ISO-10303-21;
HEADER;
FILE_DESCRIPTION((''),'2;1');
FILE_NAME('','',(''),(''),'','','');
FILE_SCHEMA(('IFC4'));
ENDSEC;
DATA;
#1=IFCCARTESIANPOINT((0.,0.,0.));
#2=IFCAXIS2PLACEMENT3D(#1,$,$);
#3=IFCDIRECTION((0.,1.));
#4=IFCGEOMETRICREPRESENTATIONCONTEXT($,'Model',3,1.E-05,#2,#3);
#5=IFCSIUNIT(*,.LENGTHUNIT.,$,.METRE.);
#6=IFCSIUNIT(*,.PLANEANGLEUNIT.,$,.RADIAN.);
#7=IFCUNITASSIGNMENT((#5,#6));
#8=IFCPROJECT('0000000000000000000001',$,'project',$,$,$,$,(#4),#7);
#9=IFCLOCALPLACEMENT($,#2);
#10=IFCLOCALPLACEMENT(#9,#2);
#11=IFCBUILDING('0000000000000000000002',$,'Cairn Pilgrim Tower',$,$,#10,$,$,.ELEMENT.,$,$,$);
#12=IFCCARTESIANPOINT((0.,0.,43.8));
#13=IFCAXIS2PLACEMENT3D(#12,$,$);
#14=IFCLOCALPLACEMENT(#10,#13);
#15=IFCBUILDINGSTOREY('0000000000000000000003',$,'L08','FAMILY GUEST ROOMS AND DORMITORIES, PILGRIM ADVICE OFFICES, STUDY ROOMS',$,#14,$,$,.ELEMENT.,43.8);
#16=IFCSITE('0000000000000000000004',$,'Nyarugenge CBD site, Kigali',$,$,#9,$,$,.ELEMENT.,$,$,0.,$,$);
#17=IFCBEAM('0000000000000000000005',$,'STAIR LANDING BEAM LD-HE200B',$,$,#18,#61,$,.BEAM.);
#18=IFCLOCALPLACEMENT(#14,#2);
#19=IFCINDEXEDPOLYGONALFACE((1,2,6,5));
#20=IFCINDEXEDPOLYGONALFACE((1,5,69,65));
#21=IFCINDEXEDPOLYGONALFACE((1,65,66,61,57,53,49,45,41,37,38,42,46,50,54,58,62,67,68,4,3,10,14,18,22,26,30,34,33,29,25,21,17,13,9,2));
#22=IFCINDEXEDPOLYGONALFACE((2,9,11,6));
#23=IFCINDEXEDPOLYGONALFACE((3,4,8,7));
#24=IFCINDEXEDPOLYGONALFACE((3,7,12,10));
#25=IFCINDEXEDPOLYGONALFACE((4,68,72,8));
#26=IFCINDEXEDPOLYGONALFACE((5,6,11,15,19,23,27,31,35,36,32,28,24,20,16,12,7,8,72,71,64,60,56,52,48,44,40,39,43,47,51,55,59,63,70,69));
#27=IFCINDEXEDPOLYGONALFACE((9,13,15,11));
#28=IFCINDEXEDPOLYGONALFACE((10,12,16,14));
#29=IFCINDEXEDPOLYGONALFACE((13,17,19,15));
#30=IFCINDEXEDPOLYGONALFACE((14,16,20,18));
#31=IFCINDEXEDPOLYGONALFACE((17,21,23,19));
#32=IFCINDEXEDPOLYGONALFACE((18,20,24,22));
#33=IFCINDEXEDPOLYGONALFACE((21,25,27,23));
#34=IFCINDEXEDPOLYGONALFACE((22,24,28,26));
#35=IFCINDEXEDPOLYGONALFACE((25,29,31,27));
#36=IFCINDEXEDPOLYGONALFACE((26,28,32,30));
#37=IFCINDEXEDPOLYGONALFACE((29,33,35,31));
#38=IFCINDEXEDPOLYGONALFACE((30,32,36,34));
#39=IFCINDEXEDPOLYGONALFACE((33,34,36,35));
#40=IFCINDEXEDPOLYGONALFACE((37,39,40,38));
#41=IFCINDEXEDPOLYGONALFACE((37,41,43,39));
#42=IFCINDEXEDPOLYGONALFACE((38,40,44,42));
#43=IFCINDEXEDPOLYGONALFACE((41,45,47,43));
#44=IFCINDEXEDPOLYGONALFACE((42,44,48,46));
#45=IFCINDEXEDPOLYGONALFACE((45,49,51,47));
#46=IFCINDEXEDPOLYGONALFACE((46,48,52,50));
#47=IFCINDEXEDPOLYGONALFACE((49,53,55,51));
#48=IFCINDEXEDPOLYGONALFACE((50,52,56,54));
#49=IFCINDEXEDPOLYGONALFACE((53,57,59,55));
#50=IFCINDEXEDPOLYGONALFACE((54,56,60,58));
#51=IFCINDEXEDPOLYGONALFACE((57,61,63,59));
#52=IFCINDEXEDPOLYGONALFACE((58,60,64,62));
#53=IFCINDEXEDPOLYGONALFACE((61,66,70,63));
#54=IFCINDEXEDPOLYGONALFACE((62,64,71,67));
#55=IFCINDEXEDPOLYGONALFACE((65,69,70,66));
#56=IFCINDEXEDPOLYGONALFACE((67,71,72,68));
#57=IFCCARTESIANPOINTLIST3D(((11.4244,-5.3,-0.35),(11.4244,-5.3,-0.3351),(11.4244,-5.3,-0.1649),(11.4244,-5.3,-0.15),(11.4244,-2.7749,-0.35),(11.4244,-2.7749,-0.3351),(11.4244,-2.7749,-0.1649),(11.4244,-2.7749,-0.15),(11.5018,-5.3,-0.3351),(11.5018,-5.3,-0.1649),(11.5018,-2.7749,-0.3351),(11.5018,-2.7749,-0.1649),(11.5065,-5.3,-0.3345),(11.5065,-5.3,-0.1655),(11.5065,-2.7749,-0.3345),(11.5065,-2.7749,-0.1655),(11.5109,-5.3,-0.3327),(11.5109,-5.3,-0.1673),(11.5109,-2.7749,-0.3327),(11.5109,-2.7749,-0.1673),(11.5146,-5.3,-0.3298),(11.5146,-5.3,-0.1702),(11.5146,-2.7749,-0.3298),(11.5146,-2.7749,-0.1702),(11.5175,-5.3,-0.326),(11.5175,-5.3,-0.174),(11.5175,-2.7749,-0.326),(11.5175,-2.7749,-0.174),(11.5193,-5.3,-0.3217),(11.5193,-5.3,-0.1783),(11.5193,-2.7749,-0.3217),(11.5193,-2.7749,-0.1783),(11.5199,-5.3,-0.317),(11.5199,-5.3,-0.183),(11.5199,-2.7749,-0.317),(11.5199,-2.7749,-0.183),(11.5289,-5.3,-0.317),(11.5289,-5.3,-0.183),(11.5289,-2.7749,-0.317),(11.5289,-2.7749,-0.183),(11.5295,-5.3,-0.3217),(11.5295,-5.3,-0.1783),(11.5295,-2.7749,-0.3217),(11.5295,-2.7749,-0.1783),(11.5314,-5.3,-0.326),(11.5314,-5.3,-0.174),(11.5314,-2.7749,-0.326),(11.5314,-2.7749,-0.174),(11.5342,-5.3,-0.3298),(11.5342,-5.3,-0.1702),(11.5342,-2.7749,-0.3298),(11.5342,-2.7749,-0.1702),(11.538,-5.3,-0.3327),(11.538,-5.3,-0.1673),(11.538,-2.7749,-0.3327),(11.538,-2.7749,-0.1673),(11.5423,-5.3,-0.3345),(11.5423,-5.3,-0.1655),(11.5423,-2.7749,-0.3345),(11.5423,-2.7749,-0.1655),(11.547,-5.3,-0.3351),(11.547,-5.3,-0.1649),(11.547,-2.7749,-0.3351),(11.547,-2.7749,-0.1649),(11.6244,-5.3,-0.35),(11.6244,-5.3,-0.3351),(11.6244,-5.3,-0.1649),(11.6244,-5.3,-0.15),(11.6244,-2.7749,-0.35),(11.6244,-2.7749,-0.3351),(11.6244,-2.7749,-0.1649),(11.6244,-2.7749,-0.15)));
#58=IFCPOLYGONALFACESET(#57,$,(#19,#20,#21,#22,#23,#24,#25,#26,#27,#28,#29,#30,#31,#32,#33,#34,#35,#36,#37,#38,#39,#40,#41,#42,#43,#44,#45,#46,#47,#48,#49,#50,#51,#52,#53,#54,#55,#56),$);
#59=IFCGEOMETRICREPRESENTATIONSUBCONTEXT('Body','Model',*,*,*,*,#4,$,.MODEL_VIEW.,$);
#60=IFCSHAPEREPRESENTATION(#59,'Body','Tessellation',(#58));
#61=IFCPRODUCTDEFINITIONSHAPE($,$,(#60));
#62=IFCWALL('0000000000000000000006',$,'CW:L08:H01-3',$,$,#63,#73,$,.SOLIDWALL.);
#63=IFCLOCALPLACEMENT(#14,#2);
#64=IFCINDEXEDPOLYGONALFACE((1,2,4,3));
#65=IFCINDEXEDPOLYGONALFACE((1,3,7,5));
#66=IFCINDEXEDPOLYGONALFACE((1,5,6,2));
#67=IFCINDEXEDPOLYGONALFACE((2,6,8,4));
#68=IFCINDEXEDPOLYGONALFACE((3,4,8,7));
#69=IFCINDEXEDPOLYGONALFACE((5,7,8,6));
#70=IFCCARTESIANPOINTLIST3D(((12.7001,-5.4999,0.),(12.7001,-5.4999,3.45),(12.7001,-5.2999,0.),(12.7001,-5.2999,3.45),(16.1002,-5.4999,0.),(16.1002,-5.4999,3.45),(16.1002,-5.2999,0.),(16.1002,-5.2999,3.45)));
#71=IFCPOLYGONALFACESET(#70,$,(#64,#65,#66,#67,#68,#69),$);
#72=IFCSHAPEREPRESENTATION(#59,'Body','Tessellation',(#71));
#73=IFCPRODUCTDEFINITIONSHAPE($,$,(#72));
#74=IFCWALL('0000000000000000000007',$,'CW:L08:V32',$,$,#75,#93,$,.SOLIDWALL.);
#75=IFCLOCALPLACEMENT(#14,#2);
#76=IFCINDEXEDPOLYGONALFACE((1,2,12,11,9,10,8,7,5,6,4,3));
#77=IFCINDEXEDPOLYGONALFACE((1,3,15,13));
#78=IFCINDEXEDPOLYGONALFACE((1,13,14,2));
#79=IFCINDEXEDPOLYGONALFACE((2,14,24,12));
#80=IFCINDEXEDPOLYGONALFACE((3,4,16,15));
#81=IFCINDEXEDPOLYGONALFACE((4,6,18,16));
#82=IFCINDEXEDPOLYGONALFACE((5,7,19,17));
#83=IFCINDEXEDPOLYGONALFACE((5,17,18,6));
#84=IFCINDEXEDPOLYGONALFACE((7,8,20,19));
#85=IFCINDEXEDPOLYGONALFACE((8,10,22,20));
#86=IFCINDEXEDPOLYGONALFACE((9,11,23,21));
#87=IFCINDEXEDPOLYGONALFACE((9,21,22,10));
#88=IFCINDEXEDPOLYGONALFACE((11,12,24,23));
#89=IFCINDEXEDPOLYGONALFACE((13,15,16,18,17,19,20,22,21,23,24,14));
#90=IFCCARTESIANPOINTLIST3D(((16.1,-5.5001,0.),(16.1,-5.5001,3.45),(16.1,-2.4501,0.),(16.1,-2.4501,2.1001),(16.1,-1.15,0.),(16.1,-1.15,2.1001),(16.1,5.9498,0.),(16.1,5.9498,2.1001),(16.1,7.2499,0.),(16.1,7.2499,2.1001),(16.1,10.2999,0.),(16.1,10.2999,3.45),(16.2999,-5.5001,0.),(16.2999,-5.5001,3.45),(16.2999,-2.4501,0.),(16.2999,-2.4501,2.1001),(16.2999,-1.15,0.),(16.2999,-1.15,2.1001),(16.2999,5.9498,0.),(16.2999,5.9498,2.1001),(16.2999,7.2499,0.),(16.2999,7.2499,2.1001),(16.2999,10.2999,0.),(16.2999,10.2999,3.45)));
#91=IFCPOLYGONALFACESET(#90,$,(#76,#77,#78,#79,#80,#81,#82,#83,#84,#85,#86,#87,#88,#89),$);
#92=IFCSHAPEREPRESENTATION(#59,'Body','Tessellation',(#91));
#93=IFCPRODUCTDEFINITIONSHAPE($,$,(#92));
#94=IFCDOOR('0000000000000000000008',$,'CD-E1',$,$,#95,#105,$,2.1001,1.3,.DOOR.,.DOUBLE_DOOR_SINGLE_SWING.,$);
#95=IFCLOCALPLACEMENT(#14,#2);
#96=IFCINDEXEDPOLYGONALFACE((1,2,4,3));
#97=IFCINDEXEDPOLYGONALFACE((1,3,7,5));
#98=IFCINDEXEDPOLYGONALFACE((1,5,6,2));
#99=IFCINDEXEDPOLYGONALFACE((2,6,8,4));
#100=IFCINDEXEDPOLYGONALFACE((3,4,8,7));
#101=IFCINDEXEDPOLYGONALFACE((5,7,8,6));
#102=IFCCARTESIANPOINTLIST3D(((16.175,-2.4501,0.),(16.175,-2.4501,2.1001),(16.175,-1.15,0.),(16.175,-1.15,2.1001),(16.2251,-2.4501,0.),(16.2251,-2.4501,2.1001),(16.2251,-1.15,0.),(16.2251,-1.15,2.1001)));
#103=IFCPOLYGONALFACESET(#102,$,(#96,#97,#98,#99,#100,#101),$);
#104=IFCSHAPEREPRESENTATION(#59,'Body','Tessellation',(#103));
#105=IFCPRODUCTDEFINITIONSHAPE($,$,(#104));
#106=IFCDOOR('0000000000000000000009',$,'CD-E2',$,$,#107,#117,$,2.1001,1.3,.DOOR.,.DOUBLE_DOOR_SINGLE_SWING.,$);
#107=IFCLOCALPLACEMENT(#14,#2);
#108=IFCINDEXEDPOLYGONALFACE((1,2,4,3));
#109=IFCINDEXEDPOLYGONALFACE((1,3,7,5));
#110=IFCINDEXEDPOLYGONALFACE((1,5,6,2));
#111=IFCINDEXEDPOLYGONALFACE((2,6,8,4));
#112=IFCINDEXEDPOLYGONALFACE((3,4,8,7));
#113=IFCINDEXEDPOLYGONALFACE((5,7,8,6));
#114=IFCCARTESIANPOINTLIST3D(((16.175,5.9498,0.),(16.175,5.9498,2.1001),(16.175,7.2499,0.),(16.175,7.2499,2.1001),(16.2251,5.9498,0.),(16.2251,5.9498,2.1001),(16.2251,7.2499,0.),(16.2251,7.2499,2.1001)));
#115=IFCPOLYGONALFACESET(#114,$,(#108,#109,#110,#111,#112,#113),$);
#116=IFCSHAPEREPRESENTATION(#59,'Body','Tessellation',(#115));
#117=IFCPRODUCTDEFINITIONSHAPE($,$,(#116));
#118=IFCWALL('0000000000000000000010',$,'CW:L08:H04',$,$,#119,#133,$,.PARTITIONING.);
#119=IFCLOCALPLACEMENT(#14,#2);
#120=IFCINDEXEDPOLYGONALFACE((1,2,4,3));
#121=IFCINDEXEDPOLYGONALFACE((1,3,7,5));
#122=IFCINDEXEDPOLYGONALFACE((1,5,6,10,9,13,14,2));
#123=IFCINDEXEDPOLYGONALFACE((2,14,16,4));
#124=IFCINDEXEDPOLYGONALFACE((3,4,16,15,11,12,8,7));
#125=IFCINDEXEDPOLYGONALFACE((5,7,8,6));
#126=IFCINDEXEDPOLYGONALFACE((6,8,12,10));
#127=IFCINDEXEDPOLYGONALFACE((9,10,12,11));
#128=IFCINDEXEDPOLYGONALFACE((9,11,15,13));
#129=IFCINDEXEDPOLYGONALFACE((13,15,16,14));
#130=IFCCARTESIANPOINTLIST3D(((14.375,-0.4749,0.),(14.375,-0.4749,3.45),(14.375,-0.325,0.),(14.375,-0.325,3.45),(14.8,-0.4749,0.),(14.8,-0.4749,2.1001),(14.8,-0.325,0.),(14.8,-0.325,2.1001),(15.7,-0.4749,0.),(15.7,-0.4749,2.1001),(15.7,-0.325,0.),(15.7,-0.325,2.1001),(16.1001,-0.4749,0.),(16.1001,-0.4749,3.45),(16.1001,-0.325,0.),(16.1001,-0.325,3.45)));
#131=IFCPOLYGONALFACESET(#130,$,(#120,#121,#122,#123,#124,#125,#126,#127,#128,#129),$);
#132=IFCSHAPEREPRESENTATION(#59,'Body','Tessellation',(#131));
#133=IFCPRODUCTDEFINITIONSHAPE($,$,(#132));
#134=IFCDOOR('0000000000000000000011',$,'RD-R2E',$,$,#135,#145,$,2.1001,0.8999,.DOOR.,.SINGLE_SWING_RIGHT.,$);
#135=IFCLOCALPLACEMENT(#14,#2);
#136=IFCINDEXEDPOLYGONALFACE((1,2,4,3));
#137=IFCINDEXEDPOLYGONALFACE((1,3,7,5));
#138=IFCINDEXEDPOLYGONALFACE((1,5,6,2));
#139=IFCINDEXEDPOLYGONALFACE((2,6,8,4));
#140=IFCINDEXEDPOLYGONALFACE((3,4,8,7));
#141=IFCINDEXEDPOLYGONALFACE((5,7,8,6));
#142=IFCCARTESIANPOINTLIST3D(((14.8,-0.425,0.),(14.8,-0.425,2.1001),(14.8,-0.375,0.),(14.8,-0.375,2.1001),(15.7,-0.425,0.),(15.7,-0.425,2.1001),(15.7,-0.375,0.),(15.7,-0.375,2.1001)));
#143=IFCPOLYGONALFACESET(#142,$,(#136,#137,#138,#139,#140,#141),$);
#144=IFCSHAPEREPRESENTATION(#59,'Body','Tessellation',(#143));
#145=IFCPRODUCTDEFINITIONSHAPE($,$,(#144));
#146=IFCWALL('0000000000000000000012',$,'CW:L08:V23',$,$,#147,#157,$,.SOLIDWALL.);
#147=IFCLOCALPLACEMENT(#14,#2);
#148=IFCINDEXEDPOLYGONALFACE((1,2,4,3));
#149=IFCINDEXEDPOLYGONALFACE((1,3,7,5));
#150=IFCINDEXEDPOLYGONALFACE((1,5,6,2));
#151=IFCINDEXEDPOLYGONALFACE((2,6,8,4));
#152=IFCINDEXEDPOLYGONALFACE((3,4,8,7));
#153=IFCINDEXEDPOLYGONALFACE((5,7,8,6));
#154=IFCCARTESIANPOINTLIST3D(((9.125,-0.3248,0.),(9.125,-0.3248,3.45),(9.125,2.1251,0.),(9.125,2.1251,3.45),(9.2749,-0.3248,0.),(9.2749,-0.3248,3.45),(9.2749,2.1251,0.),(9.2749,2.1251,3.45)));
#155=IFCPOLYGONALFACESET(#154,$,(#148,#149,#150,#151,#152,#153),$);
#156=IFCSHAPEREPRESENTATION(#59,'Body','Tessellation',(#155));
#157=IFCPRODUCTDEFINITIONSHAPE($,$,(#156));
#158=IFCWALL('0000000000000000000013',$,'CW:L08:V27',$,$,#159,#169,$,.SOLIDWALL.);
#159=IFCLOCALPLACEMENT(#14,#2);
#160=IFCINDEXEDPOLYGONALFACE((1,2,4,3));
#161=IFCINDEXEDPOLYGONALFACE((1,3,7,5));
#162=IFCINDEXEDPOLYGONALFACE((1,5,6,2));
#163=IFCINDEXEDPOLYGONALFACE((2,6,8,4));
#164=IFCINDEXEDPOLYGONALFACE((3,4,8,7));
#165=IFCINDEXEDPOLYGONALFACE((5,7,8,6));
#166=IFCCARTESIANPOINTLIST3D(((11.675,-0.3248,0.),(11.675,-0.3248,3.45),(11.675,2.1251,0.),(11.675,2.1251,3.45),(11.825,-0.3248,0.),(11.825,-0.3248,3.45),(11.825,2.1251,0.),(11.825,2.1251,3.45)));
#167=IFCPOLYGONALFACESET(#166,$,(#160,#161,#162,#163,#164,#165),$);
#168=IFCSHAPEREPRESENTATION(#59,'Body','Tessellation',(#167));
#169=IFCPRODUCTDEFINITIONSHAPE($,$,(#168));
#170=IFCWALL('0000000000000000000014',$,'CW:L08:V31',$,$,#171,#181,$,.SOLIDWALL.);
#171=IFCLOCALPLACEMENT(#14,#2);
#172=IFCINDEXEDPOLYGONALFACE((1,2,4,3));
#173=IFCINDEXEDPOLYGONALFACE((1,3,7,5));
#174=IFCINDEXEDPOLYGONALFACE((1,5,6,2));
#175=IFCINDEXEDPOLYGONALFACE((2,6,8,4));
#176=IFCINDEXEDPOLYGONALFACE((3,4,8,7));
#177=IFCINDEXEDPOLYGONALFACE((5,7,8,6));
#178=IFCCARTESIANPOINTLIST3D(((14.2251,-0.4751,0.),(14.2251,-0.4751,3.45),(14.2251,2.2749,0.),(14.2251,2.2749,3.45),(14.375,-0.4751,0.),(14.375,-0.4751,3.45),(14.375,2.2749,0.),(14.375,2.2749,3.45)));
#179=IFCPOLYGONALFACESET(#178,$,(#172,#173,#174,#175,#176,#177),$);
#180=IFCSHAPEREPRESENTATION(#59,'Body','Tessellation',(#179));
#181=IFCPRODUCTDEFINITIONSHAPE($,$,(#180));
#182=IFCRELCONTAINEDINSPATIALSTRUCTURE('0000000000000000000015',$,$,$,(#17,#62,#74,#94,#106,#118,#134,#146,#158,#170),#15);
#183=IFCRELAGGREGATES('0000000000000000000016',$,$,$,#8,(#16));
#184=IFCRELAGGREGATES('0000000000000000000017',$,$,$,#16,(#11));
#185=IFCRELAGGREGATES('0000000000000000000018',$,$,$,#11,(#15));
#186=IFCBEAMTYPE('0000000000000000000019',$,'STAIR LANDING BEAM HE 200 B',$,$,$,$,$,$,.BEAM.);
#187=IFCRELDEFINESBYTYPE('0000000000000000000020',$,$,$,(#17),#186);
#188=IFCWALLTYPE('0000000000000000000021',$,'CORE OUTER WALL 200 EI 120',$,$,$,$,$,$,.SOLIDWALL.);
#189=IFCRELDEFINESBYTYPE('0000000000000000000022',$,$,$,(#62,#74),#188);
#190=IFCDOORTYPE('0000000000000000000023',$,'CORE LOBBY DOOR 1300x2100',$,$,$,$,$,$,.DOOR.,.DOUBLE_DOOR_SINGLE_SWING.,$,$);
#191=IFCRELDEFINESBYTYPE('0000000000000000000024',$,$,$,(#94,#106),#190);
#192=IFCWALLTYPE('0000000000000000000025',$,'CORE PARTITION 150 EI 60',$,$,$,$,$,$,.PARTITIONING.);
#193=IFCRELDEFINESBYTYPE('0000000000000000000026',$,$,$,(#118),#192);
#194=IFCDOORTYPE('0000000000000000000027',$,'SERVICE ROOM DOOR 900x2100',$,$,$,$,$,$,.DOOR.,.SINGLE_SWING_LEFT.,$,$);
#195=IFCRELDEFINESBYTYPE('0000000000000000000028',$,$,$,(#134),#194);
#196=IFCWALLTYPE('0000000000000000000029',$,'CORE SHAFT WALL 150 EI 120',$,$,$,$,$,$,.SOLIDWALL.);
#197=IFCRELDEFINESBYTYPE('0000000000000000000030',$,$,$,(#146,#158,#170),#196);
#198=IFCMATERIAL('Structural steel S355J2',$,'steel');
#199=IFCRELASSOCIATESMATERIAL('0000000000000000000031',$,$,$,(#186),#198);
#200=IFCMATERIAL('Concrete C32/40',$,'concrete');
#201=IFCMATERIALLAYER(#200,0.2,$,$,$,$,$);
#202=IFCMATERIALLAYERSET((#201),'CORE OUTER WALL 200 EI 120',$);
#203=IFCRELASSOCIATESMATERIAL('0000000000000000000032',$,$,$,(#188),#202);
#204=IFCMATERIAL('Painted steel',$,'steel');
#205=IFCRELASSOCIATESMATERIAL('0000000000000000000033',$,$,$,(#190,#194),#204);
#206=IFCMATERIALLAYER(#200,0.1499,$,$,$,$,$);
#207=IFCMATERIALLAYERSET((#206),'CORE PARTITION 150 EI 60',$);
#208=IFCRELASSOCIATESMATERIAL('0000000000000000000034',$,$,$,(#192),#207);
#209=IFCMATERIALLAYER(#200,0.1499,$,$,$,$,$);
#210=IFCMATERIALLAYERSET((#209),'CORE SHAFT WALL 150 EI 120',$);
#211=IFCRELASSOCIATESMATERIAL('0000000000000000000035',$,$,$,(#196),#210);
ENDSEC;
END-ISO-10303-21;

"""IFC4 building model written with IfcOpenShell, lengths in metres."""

from ifc_helpers import new_model, si_unit, direction, frame, frame_2d, origin, origin_2d, place, context, subcontext, project, spatial, rectangle, i_section, extrude, material, layer, layer_set, material_profile, profile_set, type_object, element, fill, save


model = new_model("IFC4")

# Units and contexts
model_context = context("Model", 3, precision=1e-05, world=origin(), true_north=direction((0.0, 1.0)))
body_context = subcontext(model_context, "Body", "Model", "MODEL_VIEW")
ifc_project = project(units=[si_unit("LENGTHUNIT", "METRE"), si_unit("PLANEANGLEUNIT", "RADIAN")], contexts=[model_context])

# Site, building, storey
site_placement = place(None, origin())
site = spatial("IfcSite", under=ifc_project, at=site_placement, Name="Nyarugenge CBD site, Kigali", CompositionType="ELEMENT", RefElevation=0.0)
building_placement = place(site_placement, origin())
building = spatial("IfcBuilding", under=site, at=building_placement, Name="Cairn Pilgrim Tower", CompositionType="ELEMENT")
storey_placement = place(building_placement, frame((0.0, 0.0, 43.8)))
storey = spatial("IfcBuildingStorey", under=building, at=storey_placement, Name="L08", Description="FAMILY GUEST ROOMS AND DORMITORIES, PILGRIM ADVICE OFFICES, STUDY ROOMS", CompositionType="ELEMENT", Elevation=43.8)

# Beam
ifc_material_1 = material(Name="Structural steel S355J2", Category="steel")
ifc_material_profile = material_profile(ifc_material_1, i_section(OverallWidth=0.2, OverallDepth=0.2, WebThickness=0.009, FlangeThickness=0.0149, FilletRadius=0.0181, at=origin_2d()), Name="HE 200 B")
ifc_profile_set = profile_set([ifc_material_profile], Name="Structural steel S355J2")
beam_type = type_object("IfcBeamType", Name="STAIR LANDING BEAM HE 200 B", PredefinedType="BEAM", material=ifc_profile_set)
beam_placement = place(storey_placement, frame((11.5244, -2.7749, -0.25), z_axis=(0.0, -1.0, 0.0), x_axis=(1.0, 0.0, 0.0)))
element("IfcBeam", 1, at=beam_placement, inside=storey, type_object=beam_type, Name="STAIR LANDING BEAM LD-HE200B", PredefinedType="BEAM", context=body_context, shape_type="SweptSolid", body=[
    extrude(i_section(OverallWidth=0.2, OverallDepth=0.2, WebThickness=0.009, FlangeThickness=0.0149, FilletRadius=0.0181, at=origin_2d()), origin(), (0.0, 0.0, 1.0), 2.5251),
])

# Wall
ifc_material_2 = material(Name="Concrete C32/40", Category="concrete")
ifc_layer_1 = layer(ifc_material_2, 0.2)
ifc_layer_set_1 = layer_set([ifc_layer_1], Name="CORE OUTER WALL 200 EI 120")
wall_type_1 = type_object("IfcWallType", Name="CORE OUTER WALL 200 EI 120", PredefinedType="SOLIDWALL", material=ifc_layer_set_1)
wall_1_placement = place(storey_placement, frame((12.7, -5.3999, 0.0), z_axis=(0.0, 0.0, 1.0), x_axis=(1.0, 0.0, 0.0)))
element("IfcWall", 2, at=wall_1_placement, inside=storey, type_object=wall_type_1, Name="CW:L08:H01-3", PredefinedType="SOLIDWALL", context=body_context, shape_type="SweptSolid", body=[
    extrude(rectangle(XDim=3.4001, YDim=0.2, at=frame_2d((1.7002, 0.0))), origin(), (0.0, 0.0, 1.0), 3.45),
])

# Wall, openings, doors
wall_2_placement = place(storey_placement, frame((16.2, -5.5, 0.0), z_axis=(0.0, 0.0, 1.0), x_axis=(0.0, 1.0, 0.0)))
wall_2 = element("IfcWall", 3, at=wall_2_placement, inside=storey, type_object=wall_type_1, Name="CW:L08:V32", PredefinedType="SOLIDWALL", context=body_context, shape_type="SweptSolid", body=[
    extrude(rectangle(XDim=15.8, YDim=0.2, at=frame_2d((7.8999, 0.0))), origin(), (0.0, 0.0, 1.0), 3.45),
])
opening_1_placement = place(wall_2_placement, frame((3.05, 0.0, 0.0)))
opening_1 = element("IfcOpeningElement", 4, at=opening_1_placement, cuts=wall_2, PredefinedType="OPENING", context=body_context, shape_type="SweptSolid", body=[
    extrude(rectangle(XDim=1.3, YDim=2.1001, at=frame_2d((0.6499, 1.05))), frame((0.0, 0.1099, 0.0), z_axis=(0.0, -1.0, 0.0), x_axis=(1.0, 0.0, 0.0)), (0.0, 0.0, 1.0), 0.22),
])
opening_2_placement = place(wall_2_placement, frame((11.45, 0.0, 0.0)))
opening_2 = element("IfcOpeningElement", 5, at=opening_2_placement, cuts=wall_2, PredefinedType="OPENING", context=body_context, shape_type="SweptSolid", body=[
    extrude(rectangle(XDim=1.3, YDim=2.1001, at=frame_2d((0.6499, 1.05))), frame((0.0, 0.1099, 0.0), z_axis=(0.0, -1.0, 0.0), x_axis=(1.0, 0.0, 0.0)), (0.0, 0.0, 1.0), 0.22),
])
ifc_material_3 = material(Name="Painted steel", Category="steel")
door_type_1 = type_object("IfcDoorType", Name="CORE LOBBY DOOR 1300x2100", OperationType="DOUBLE_DOOR_SINGLE_SWING", PredefinedType="DOOR", material=ifc_material_3)
door_1_placement = place(opening_1_placement, origin())
door_1 = element("IfcDoor", 6, at=door_1_placement, inside=storey, type_object=door_type_1, Name="CD-E1", OperationType="DOUBLE_DOOR_SINGLE_SWING", OverallHeight=2.1001, OverallWidth=1.3, PredefinedType="DOOR", context=body_context, shape_type="SweptSolid", body=[
    extrude(rectangle(XDim=1.3, YDim=2.1001, at=frame_2d((0.6499, 1.05))), frame((0.0, 0.0249, 0.0), z_axis=(0.0, -1.0, 0.0), x_axis=(1.0, 0.0, 0.0)), (0.0, 0.0, 1.0), 0.05),
])
fill(opening_1, door_1)
door_2_placement = place(opening_2_placement, origin())
door_2 = element("IfcDoor", 7, at=door_2_placement, inside=storey, type_object=door_type_1, Name="CD-E2", OperationType="DOUBLE_DOOR_SINGLE_SWING", OverallHeight=2.1001, OverallWidth=1.3, PredefinedType="DOOR", context=body_context, shape_type="SweptSolid", body=[
    extrude(rectangle(XDim=1.3, YDim=2.1001, at=frame_2d((0.6499, 1.05))), frame((0.0, 0.0249, 0.0), z_axis=(0.0, -1.0, 0.0), x_axis=(1.0, 0.0, 0.0)), (0.0, 0.0, 1.0), 0.05),
])
fill(opening_2, door_2)

# Wall, opening, door
ifc_layer_2 = layer(ifc_material_2, 0.1499)
ifc_layer_set_2 = layer_set([ifc_layer_2], Name="CORE PARTITION 150 EI 60")
wall_type_2 = type_object("IfcWallType", Name="CORE PARTITION 150 EI 60", PredefinedType="PARTITIONING", material=ifc_layer_set_2)
wall_3_placement = place(storey_placement, frame((14.375, -0.3999, 0.0), z_axis=(0.0, 0.0, 1.0), x_axis=(1.0, 0.0, 0.0)))
wall_3 = element("IfcWall", 8, at=wall_3_placement, inside=storey, type_object=wall_type_2, Name="CW:L08:H04", PredefinedType="PARTITIONING", context=body_context, shape_type="SweptSolid", body=[
    extrude(rectangle(XDim=1.7251, YDim=0.1499, at=frame_2d((0.8625, 0.0))), origin(), (0.0, 0.0, 1.0), 3.45),
])
opening_3_placement = place(wall_3_placement, frame((0.425, 0.0, 0.0)))
opening_3 = element("IfcOpeningElement", 9, at=opening_3_placement, cuts=wall_3, PredefinedType="OPENING", context=body_context, shape_type="SweptSolid", body=[
    extrude(rectangle(XDim=0.8999, YDim=2.1001, at=frame_2d((0.45, 1.05))), frame((0.0, 0.085, 0.0), z_axis=(0.0, -1.0, 0.0), x_axis=(1.0, 0.0, 0.0)), (0.0, 0.0, 1.0), 0.1699),
])
door_type_2 = type_object("IfcDoorType", Name="SERVICE ROOM DOOR 900x2100", OperationType="SINGLE_SWING_LEFT", PredefinedType="DOOR", material=ifc_material_3)
door_3_placement = place(opening_3_placement, origin())
door_3 = element("IfcDoor", 10, at=door_3_placement, inside=storey, type_object=door_type_2, Name="RD-R2E", OperationType="SINGLE_SWING_RIGHT", OverallHeight=2.1001, OverallWidth=0.8999, PredefinedType="DOOR", context=body_context, shape_type="SweptSolid", body=[
    extrude(rectangle(XDim=0.8999, YDim=2.1001, at=frame_2d((0.45, 1.05))), frame((0.0, 0.0249, 0.0), z_axis=(0.0, -1.0, 0.0), x_axis=(1.0, 0.0, 0.0)), (0.0, 0.0, 1.0), 0.05),
])
fill(opening_3, door_3)

# Walls
ifc_layer_3 = layer(ifc_material_2, 0.1499)
ifc_layer_set_3 = layer_set([ifc_layer_3], Name="CORE SHAFT WALL 150 EI 120")
wall_type_3 = type_object("IfcWallType", Name="CORE SHAFT WALL 150 EI 120", PredefinedType="SOLIDWALL", material=ifc_layer_set_3)
for number, where, z_axis, x_axis, name in (
    (11, (9.2, -0.325, 0.0), (0.0, 0.0, 1.0), (0.0, 1.0, 0.0), "CW:L08:V23"),
    (12, (11.75, -0.325, 0.0), (0.0, 0.0, 1.0), (0.0, 1.0, 0.0), "CW:L08:V27"),
):
    element("IfcWall", number, at=place(storey_placement, frame(where, z_axis=z_axis, x_axis=x_axis)), inside=storey, type_object=wall_type_3, Name=name, PredefinedType="SOLIDWALL", context=body_context, shape_type="SweptSolid", body=[
        extrude(rectangle(XDim=2.45, YDim=0.1499, at=frame_2d((1.2251, 0.0))), origin(), (0.0, 0.0, 1.0), 3.45),
    ])
wall_4_placement = place(storey_placement, frame((14.3, -0.4751, 0.0), z_axis=(0.0, 0.0, 1.0), x_axis=(0.0, 1.0, 0.0)))
element("IfcWall", 13, at=wall_4_placement, inside=storey, type_object=wall_type_3, Name="CW:L08:V31", PredefinedType="SOLIDWALL", context=body_context, shape_type="SweptSolid", body=[
    extrude(rectangle(XDim=2.75, YDim=0.1499, at=frame_2d((1.375, 0.0))), origin(), (0.0, 0.0, 1.0), 3.45),
])

save(model, "model.ifc")
